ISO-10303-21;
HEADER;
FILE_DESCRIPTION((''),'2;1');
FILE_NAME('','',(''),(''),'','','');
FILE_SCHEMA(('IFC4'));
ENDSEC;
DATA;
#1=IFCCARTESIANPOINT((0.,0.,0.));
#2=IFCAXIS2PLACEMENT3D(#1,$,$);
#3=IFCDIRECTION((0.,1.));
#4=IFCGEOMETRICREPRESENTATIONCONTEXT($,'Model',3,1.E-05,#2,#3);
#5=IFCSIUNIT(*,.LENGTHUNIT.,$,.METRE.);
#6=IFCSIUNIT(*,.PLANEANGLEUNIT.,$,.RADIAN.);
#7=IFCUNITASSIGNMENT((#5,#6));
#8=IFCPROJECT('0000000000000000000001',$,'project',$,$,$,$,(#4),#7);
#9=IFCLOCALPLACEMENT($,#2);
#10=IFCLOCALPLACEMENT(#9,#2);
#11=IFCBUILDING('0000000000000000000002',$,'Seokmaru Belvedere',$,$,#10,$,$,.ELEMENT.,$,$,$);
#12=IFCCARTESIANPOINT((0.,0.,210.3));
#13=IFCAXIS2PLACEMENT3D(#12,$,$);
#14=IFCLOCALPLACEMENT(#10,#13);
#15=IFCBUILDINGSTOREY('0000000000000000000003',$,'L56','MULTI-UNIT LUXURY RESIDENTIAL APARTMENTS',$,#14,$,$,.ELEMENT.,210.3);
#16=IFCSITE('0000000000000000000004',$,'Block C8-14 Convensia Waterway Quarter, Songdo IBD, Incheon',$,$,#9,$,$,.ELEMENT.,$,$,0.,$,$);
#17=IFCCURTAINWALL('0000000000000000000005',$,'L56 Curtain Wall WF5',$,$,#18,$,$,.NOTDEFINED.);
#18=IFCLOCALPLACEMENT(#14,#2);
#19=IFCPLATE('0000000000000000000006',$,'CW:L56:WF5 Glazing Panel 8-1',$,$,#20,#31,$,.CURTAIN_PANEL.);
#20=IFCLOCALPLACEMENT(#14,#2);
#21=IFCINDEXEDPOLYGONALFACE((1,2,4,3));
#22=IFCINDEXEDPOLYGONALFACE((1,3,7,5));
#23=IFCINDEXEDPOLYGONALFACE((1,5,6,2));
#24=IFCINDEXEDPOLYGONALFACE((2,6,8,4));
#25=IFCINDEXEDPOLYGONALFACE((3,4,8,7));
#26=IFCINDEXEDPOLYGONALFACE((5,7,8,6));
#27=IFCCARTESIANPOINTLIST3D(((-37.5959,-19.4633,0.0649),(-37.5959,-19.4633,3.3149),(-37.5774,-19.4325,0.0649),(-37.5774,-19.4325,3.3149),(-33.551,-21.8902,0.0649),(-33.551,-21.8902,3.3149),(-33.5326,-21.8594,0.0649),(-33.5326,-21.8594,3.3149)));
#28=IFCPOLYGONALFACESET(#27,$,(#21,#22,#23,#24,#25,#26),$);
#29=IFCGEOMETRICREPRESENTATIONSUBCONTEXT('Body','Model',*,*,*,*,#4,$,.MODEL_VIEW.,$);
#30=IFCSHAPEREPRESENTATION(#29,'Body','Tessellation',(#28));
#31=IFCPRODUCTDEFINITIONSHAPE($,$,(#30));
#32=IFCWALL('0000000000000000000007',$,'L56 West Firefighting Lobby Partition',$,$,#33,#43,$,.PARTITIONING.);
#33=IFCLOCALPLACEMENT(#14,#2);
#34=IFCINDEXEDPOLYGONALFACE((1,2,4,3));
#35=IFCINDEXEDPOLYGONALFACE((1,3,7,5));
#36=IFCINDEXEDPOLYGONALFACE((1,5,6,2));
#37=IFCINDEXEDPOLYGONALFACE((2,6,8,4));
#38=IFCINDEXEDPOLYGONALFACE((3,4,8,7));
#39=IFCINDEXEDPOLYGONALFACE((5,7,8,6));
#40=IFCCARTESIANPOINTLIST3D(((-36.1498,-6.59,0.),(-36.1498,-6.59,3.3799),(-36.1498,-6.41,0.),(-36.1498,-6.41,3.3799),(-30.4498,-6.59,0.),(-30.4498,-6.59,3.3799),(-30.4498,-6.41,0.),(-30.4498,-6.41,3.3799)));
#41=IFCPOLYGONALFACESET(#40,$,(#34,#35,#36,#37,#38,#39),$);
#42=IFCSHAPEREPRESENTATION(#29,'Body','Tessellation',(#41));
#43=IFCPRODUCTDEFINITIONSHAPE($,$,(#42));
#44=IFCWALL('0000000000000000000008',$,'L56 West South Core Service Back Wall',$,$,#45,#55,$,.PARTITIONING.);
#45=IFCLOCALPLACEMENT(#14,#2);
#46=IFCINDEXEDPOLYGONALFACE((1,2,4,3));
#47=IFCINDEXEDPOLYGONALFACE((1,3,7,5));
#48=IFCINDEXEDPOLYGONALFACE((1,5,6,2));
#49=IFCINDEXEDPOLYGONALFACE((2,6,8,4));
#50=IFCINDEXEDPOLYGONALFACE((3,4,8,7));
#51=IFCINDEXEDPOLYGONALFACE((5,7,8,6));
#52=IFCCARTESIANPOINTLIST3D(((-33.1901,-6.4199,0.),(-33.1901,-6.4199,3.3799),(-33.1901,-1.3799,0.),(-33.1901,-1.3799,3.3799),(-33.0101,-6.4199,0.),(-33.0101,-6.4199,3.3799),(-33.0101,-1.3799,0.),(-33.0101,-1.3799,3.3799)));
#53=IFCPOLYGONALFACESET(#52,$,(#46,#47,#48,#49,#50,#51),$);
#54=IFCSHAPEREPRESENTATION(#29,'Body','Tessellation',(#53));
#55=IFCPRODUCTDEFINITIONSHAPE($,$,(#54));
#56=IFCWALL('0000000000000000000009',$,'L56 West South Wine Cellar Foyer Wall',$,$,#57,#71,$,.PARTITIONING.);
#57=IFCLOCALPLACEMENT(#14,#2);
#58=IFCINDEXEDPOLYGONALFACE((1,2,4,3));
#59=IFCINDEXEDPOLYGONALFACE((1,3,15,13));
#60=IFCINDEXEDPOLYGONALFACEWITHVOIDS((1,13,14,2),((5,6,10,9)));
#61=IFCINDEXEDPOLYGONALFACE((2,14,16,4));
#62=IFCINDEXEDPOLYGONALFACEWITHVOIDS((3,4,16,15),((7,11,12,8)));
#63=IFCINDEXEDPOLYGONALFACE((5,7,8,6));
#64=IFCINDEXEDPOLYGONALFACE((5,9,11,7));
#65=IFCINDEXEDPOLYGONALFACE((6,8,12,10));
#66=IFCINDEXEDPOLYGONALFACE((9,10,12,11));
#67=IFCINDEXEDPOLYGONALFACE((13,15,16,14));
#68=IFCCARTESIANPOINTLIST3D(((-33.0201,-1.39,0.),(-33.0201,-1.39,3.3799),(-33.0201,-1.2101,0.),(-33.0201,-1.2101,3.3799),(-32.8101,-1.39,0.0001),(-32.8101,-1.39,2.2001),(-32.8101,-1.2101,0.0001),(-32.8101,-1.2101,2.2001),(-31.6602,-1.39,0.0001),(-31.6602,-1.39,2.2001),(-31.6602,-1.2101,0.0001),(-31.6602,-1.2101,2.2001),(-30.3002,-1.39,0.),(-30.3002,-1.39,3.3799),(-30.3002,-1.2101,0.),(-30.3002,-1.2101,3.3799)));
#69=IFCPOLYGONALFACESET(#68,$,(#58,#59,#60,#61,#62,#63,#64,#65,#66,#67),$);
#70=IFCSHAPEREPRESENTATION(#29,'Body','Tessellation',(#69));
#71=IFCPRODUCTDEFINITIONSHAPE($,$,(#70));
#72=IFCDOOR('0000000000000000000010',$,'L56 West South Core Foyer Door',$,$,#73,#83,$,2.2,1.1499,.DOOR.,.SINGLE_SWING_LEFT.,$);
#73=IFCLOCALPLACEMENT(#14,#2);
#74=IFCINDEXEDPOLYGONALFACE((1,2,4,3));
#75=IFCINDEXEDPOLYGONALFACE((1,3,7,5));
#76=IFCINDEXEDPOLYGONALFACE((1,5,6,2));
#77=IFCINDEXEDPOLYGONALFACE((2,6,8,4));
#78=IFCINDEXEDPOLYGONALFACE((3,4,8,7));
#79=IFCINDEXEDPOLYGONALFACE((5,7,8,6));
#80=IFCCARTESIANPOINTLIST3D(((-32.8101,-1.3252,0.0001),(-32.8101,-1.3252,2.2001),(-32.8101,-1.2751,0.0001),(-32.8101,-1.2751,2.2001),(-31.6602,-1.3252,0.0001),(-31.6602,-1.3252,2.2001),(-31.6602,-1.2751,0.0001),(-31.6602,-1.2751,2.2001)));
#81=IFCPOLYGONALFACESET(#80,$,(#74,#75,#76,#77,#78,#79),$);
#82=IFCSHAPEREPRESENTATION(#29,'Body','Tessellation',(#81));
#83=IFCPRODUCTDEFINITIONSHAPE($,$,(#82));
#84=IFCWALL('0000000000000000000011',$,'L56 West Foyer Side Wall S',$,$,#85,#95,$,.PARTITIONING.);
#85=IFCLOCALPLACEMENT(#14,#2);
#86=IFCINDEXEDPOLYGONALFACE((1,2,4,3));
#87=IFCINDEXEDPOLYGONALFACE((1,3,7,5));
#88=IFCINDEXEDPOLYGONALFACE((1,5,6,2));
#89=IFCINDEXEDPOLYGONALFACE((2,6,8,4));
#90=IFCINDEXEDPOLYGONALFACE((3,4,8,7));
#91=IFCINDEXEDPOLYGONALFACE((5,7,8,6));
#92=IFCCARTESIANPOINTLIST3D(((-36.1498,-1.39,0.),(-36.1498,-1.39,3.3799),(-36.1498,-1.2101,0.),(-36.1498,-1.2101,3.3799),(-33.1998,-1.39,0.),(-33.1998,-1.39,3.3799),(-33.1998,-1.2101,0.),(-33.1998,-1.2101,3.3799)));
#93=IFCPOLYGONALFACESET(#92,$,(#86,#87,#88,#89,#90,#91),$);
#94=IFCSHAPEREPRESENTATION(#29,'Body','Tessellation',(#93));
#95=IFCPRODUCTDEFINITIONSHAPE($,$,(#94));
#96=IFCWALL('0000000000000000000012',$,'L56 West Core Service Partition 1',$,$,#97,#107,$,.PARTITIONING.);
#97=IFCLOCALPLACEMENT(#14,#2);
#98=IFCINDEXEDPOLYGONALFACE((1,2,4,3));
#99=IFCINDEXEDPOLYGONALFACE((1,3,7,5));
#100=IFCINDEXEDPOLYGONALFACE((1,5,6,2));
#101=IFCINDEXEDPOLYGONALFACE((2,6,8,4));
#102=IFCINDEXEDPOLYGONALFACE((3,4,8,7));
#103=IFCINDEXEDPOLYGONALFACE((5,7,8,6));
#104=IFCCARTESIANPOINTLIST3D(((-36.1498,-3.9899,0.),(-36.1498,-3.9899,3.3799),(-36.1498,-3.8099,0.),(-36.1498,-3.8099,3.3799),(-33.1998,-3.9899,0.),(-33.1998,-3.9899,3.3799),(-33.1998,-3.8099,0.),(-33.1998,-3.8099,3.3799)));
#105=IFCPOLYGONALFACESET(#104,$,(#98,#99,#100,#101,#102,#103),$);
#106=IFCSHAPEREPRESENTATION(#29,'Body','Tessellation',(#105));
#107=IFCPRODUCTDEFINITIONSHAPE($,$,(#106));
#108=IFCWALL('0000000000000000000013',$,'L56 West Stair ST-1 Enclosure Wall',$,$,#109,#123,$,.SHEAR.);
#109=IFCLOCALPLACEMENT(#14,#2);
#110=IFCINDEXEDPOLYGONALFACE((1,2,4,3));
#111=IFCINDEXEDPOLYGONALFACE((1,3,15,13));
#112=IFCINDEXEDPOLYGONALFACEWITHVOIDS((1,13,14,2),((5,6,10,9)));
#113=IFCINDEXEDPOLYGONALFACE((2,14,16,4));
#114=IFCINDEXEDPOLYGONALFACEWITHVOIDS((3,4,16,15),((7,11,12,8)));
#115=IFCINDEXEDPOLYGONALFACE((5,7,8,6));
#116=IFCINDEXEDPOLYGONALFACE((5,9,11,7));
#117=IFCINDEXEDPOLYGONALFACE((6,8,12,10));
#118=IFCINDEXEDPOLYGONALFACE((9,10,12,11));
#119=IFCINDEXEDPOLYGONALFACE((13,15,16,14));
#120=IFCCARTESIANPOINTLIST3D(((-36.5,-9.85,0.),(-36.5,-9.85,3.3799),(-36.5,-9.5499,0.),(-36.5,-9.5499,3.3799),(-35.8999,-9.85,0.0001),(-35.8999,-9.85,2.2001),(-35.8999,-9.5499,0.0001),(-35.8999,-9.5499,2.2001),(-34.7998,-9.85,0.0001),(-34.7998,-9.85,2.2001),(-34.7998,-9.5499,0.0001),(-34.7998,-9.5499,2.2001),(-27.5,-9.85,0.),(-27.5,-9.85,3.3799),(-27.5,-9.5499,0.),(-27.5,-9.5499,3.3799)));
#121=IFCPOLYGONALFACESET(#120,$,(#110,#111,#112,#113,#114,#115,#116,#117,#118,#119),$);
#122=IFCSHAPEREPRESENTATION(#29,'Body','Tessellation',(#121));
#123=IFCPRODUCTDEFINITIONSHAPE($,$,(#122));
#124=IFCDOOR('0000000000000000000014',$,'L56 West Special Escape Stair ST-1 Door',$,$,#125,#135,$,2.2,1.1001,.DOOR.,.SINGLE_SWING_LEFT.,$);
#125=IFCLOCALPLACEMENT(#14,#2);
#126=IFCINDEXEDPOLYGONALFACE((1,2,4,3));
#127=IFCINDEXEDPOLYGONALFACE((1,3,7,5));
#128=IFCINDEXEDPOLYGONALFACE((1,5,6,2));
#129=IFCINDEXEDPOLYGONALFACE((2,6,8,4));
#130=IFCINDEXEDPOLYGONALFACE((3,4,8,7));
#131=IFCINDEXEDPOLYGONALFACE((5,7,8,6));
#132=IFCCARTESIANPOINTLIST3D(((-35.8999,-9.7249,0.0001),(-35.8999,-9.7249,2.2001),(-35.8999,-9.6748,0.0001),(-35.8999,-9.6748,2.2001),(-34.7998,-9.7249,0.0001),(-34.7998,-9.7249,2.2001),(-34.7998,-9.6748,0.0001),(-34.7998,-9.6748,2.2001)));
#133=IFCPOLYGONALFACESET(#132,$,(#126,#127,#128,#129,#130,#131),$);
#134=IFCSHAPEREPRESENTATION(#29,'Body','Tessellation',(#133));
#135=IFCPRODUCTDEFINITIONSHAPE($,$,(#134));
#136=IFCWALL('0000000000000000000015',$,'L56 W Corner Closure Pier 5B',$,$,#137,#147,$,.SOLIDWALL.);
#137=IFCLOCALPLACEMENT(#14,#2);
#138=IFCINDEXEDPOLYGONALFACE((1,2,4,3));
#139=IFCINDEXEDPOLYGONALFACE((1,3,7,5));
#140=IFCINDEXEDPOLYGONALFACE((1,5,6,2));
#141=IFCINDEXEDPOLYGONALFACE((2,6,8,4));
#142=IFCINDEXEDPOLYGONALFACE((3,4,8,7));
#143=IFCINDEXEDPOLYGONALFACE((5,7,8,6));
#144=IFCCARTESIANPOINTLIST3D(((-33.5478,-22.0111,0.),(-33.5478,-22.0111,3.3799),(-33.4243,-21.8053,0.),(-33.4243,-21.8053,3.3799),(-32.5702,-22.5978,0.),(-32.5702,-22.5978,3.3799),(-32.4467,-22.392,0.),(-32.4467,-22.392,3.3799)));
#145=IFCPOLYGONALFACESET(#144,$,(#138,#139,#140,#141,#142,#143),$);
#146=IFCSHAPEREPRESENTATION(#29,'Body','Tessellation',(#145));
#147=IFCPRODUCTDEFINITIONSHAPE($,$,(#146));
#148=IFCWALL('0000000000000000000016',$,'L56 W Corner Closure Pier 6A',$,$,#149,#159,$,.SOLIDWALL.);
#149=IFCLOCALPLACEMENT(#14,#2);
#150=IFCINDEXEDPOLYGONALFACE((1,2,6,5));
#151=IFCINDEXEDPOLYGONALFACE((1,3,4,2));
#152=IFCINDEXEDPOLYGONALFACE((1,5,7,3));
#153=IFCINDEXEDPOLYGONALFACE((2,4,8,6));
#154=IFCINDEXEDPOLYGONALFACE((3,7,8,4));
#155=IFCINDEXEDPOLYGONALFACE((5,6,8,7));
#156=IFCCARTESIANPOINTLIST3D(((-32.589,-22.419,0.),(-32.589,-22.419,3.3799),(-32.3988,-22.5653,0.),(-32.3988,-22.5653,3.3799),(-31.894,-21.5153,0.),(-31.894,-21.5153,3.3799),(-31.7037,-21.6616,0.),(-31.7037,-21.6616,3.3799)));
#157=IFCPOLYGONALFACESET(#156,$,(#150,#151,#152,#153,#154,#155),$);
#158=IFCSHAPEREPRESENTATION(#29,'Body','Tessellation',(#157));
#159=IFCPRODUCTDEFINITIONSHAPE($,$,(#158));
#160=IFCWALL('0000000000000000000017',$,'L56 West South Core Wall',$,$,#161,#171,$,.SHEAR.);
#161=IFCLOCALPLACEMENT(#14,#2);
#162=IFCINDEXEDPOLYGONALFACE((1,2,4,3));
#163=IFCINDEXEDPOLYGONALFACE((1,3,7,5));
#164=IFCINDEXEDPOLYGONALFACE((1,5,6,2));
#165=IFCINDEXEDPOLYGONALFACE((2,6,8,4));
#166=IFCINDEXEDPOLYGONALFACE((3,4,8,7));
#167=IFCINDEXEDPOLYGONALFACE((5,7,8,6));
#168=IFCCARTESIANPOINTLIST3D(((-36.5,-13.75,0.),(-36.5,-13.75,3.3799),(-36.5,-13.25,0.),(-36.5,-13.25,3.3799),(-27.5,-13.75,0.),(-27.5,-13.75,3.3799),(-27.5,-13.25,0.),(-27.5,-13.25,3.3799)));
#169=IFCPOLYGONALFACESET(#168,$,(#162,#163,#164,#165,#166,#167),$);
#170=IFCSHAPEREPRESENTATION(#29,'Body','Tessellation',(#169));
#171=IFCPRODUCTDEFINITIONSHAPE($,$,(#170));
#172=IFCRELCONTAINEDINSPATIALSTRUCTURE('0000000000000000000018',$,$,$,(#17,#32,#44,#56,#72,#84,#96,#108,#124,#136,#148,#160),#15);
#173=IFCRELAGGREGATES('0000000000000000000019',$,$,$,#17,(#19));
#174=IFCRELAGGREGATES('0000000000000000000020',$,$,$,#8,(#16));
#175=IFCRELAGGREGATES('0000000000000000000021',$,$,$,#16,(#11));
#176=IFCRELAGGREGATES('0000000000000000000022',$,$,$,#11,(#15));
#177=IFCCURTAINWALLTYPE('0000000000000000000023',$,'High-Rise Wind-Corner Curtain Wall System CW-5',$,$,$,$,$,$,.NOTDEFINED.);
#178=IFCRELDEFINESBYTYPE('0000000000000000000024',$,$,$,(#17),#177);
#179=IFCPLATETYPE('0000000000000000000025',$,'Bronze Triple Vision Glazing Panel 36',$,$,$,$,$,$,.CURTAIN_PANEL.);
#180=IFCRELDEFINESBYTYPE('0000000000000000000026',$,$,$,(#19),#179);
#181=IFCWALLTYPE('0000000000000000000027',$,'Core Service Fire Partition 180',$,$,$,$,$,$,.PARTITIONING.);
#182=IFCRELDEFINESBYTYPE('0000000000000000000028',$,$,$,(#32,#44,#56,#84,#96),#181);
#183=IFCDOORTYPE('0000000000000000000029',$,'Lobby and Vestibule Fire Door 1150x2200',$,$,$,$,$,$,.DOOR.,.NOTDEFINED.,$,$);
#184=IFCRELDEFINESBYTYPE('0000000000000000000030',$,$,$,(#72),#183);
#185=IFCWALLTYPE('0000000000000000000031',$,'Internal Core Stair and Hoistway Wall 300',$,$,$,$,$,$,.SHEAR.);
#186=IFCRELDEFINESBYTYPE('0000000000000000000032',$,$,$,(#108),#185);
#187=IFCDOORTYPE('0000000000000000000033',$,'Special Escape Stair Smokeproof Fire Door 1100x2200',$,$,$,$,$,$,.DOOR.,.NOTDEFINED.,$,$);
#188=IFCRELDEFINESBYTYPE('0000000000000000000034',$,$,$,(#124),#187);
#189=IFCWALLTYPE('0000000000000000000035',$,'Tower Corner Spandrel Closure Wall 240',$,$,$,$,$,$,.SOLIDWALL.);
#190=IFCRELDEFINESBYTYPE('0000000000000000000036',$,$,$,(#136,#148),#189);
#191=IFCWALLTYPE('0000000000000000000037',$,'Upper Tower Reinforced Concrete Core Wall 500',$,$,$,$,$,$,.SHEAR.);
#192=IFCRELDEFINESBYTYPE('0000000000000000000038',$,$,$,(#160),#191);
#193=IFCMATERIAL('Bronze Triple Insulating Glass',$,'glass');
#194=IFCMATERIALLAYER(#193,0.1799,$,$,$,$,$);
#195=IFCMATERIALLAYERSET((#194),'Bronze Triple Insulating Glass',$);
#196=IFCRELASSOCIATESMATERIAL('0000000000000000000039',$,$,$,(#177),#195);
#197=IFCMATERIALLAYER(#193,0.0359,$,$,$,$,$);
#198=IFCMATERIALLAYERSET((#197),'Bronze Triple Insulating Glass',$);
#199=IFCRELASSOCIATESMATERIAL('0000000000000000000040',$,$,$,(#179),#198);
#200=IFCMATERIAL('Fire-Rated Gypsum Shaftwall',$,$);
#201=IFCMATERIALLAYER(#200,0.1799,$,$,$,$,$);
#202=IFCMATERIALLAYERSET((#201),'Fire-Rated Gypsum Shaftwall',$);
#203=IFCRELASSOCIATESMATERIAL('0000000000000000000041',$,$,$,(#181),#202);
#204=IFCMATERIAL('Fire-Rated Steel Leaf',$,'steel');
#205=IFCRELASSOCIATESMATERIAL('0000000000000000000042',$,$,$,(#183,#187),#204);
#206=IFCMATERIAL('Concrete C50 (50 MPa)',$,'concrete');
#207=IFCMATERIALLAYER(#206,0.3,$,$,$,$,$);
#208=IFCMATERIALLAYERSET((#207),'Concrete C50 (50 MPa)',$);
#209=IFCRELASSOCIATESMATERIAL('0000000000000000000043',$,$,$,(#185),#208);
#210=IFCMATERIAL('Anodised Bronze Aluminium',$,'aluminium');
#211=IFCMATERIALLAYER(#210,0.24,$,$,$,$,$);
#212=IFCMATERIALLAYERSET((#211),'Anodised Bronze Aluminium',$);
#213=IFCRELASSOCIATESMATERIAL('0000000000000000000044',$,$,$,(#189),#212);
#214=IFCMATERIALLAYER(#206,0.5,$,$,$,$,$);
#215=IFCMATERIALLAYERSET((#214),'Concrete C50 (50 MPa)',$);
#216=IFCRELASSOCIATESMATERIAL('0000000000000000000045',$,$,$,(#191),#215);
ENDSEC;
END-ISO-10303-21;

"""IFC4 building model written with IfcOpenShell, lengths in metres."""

from ifc_helpers import new_model, si_unit, direction, frame, frame_2d, origin, origin_2d, place, context, subcontext, project, spatial, rectangle, extrude, source, transform, mapped, material, layer, layer_set, type_object, type_shapes, element, fill, aggregate, save


model = new_model("IFC4")

# Units and contexts
model_context = context("Model", 3, precision=1e-05, world=origin(), true_north=direction((0.0, 1.0)))
body_context = subcontext(model_context, "Body", "Model", "MODEL_VIEW")
ifc_project = project(units=[si_unit("LENGTHUNIT", "METRE"), si_unit("PLANEANGLEUNIT", "RADIAN")], contexts=[model_context])

# Site, building, storey
site_placement = place(None, origin())
site = spatial("IfcSite", under=ifc_project, at=site_placement, Name="Block C8-14 Convensia Waterway Quarter, Songdo IBD, Incheon", CompositionType="ELEMENT", RefElevation=0.0)
building_placement = place(site_placement, origin())
building = spatial("IfcBuilding", under=site, at=building_placement, Name="Seokmaru Belvedere", CompositionType="ELEMENT")
storey_placement = place(building_placement, frame((0.0, 0.0, 210.3)))
storey = spatial("IfcBuildingStorey", under=building, at=storey_placement, Name="L56", Description="MULTI-UNIT LUXURY RESIDENTIAL APARTMENTS", CompositionType="ELEMENT", Elevation=210.3)

# Curtain wall, plate
ifc_material_1 = material(Name="Bronze Triple Insulating Glass", Category="glass")
ifc_layer_1 = layer(ifc_material_1, 0.1799)
ifc_layer_set_1 = layer_set([ifc_layer_1], Name="Bronze Triple Insulating Glass")
curtain_wall_type = type_object("IfcCurtainWallType", Name="High-Rise Wind-Corner Curtain Wall System CW-5", PredefinedType="NOTDEFINED", material=ifc_layer_set_1)
curtain_wall_placement = place(storey_placement, origin())
curtain_wall = element("IfcCurtainWall", 1, at=curtain_wall_placement, inside=storey, type_object=curtain_wall_type, Name="L56 Curtain Wall WF5", PredefinedType="NOTDEFINED")
ifc_material_2 = material(Name="Anodised Bronze Aluminium", Category="aluminium")
ifc_layer_2 = layer(ifc_material_1, 0.0359)
ifc_layer_set_2 = layer_set([ifc_layer_2], Name="Bronze Triple Insulating Glass")
plate_type = type_object("IfcPlateType", Name="Bronze Triple Vision Glazing Panel 36", PredefinedType="CURTAIN_PANEL", material=ifc_layer_set_2)
shared_shape_1 = source(origin(), body_context, "Body", "SweptSolid", [
    extrude(rectangle(XDim=4.717, YDim=0.0359, at=origin_2d()), origin(), (0.0, 0.0, 1.0), 3.25),
])
type_shapes(plate_type, [shared_shape_1])
plate_placement = place(storey_placement, frame((-35.5642, -20.6614, 0.0649), z_axis=(0.0, 0.0, 1.0), x_axis=(0.857493, -0.514495, 0.0)))
plate = element("IfcPlate", 2, at=plate_placement, type_object=plate_type, Name="CW:L56:WF5 Glazing Panel 8-1", PredefinedType="CURTAIN_PANEL", context=body_context, shape_type="MappedRepresentation", body=[
    mapped(shared_shape_1, transform((0.0, 0.0, 0.0), scale=1.0)),
])
aggregate(curtain_wall, [plate])

# Walls
ifc_material_3 = material(Name="Fire-Rated Gypsum Shaftwall")
ifc_layer_3 = layer(ifc_material_3, 0.1799)
ifc_layer_set_3 = layer_set([ifc_layer_3], Name="Fire-Rated Gypsum Shaftwall")
wall_type_1 = type_object("IfcWallType", Name="Core Service Fire Partition 180", PredefinedType="PARTITIONING", material=ifc_layer_set_3)
wall_1_placement = place(storey_placement, frame((-36.1499, -6.5, 0.0), z_axis=(0.0, 0.0, 1.0), x_axis=(1.0, 0.0, 0.0)))
element("IfcWall", 3, at=wall_1_placement, inside=storey, type_object=wall_type_1, Name="L56 West Firefighting Lobby Partition", PredefinedType="PARTITIONING", context=body_context, shape_type="SweptSolid", body=[
    extrude(rectangle(XDim=5.7, YDim=0.1799, at=frame_2d((2.8501, 0.0))), origin(), (0.0, 0.0, 1.0), 3.3799),
])
wall_2_placement = place(storey_placement, frame((-33.1001, -6.4199, 0.0), z_axis=(0.0, 0.0, 1.0), x_axis=(0.0, 1.0, 0.0)))
element("IfcWall", 4, at=wall_2_placement, inside=storey, type_object=wall_type_1, Name="L56 West South Core Service Back Wall", PredefinedType="PARTITIONING", context=body_context, shape_type="SweptSolid", body=[
    extrude(rectangle(XDim=5.04, YDim=0.1799, at=frame_2d((2.52, 0.0))), origin(), (0.0, 0.0, 1.0), 3.3799),
])

# Wall, opening, door
wall_3_placement = place(storey_placement, frame((-33.02, -1.3, 0.0), z_axis=(0.0, 0.0, 1.0), x_axis=(1.0, 0.0, 0.0)))
wall_3 = element("IfcWall", 5, at=wall_3_placement, inside=storey, type_object=wall_type_1, Name="L56 West South Wine Cellar Foyer Wall", PredefinedType="PARTITIONING", context=body_context, shape_type="SweptSolid", body=[
    extrude(rectangle(XDim=2.72, YDim=0.1799, at=frame_2d((1.3599, 0.0))), origin(), (0.0, 0.0, 1.0), 3.3799),
])
opening_1_placement = place(wall_3_placement, frame((0.21, 0.0, 0.0)))
opening_1 = element("IfcOpeningElement", 6, at=opening_1_placement, cuts=wall_3, PredefinedType="OPENING", context=body_context, shape_type="SweptSolid", body=[
    extrude(rectangle(XDim=1.1499, YDim=2.2, at=frame_2d((0.575, 1.1001))), frame((0.0, 0.1001, 0.0), z_axis=(0.0, -1.0, 0.0), x_axis=(1.0, 0.0, 0.0)), (0.0, 0.0, 1.0), 0.2),
])
ifc_material_4 = material(Name="Fire-Rated Steel Leaf", Category="steel")
door_type_1 = type_object("IfcDoorType", Name="Lobby and Vestibule Fire Door 1150x2200", OperationType="NOTDEFINED", PredefinedType="DOOR", material=ifc_material_4)
shared_shape_2 = source(origin(), body_context, "Body", "SweptSolid", [
    extrude(rectangle(XDim=1.1499, YDim=2.2, at=frame_2d((0.575, 1.1001))), frame((0.0, 0.0249, 0.0), z_axis=(0.0, -1.0, 0.0), x_axis=(1.0, 0.0, 0.0)), (0.0, 0.0, 1.0), 0.05),
])
type_shapes(door_type_1, [shared_shape_2])
door_1_placement = place(opening_1_placement, origin())
door_1 = element("IfcDoor", 7, at=door_1_placement, inside=storey, type_object=door_type_1, Name="L56 West South Core Foyer Door", OperationType="SINGLE_SWING_LEFT", OverallHeight=2.2, OverallWidth=1.1499, PredefinedType="DOOR", context=body_context, shape_type="MappedRepresentation", body=[
    mapped(shared_shape_2, transform((0.0, 0.0, 0.0), scale=1.0)),
])
fill(opening_1, door_1)

# Walls
for number, where, z_axis, x_axis, name in (
    (8, (-36.1499, -1.3, 0.0), (0.0, 0.0, 1.0), (1.0, 0.0, 0.0), "L56 West Foyer Side Wall S"),
    (9, (-36.1499, -3.8999, 0.0), (0.0, 0.0, 1.0), (1.0, 0.0, 0.0), "L56 West Core Service Partition 1"),
):
    element("IfcWall", number, at=place(storey_placement, frame(where, z_axis=z_axis, x_axis=x_axis)), inside=storey, type_object=wall_type_1, Name=name, PredefinedType="PARTITIONING", context=body_context, shape_type="SweptSolid", body=[
        extrude(rectangle(XDim=2.95, YDim=0.1799, at=frame_2d((1.4751, 0.0))), origin(), (0.0, 0.0, 1.0), 3.3799),
    ])

# Wall, opening, door
ifc_material_5 = material(Name="Concrete C50 (50 MPa)", Category="concrete")
ifc_layer_4 = layer(ifc_material_5, 0.3)
ifc_layer_set_4 = layer_set([ifc_layer_4], Name="Concrete C50 (50 MPa)")
wall_type_2 = type_object("IfcWallType", Name="Internal Core Stair and Hoistway Wall 300", PredefinedType="SHEAR", material=ifc_layer_set_4)
wall_4_placement = place(storey_placement, frame((-36.5, -9.7, 0.0), z_axis=(0.0, 0.0, 1.0), x_axis=(1.0, 0.0, 0.0)))
wall_4 = element("IfcWall", 10, at=wall_4_placement, inside=storey, type_object=wall_type_2, Name="L56 West Stair ST-1 Enclosure Wall", PredefinedType="SHEAR", context=body_context, shape_type="SweptSolid", body=[
    extrude(rectangle(XDim=9.0, YDim=0.3, at=frame_2d((4.5, 0.0))), origin(), (0.0, 0.0, 1.0), 3.3799),
])
opening_2_placement = place(wall_4_placement, frame((0.6001, 0.0, 0.0)))
opening_2 = element("IfcOpeningElement", 11, at=opening_2_placement, cuts=wall_4, PredefinedType="OPENING", context=body_context, shape_type="SweptSolid", body=[
    extrude(rectangle(XDim=1.1001, YDim=2.2, at=frame_2d((0.55, 1.1001))), frame((0.0, 0.1602, 0.0), z_axis=(0.0, -1.0, 0.0), x_axis=(1.0, 0.0, 0.0)), (0.0, 0.0, 1.0), 0.3201),
])
door_type_2 = type_object("IfcDoorType", Name="Special Escape Stair Smokeproof Fire Door 1100x2200", OperationType="NOTDEFINED", PredefinedType="DOOR", material=ifc_material_4)
shared_shape_3 = source(origin(), body_context, "Body", "SweptSolid", [
    extrude(rectangle(XDim=1.1001, YDim=2.2, at=frame_2d((0.55, 1.1001))), frame((0.0, 0.0249, 0.0), z_axis=(0.0, -1.0, 0.0), x_axis=(1.0, 0.0, 0.0)), (0.0, 0.0, 1.0), 0.05),
])
type_shapes(door_type_2, [shared_shape_3])
door_2_placement = place(opening_2_placement, frame((1.1001, 0.0, 0.0), z_axis=(0.0, 0.0, 1.0), x_axis=(-1.0, 0.0, 0.0)))
door_2 = element("IfcDoor", 12, at=door_2_placement, inside=storey, type_object=door_type_2, Name="L56 West Special Escape Stair ST-1 Door", OperationType="SINGLE_SWING_LEFT", OverallHeight=2.2, OverallWidth=1.1001, PredefinedType="DOOR", context=body_context, shape_type="MappedRepresentation", body=[
    mapped(shared_shape_3, transform((0.0, 0.0, 0.0), scale=1.0)),
])
fill(opening_2, door_2)

# Walls
ifc_layer_5 = layer(ifc_material_2, 0.24)
ifc_layer_set_5 = layer_set([ifc_layer_5], Name="Anodised Bronze Aluminium")
wall_type_3 = type_object("IfcWallType", Name="Tower Corner Spandrel Closure Wall 240", PredefinedType="SOLIDWALL", material=ifc_layer_set_5)
for number, where, z_axis, x_axis, name in (
    (13, (-33.4861, -21.9082, 0.0), (0.0, 0.0, 1.0), (0.857436, -0.51459, 0.0), "L56 W Corner Closure Pier 5B"),
    (14, (-32.4939, -22.4922, 0.0), (0.0, 0.0, 1.0), (0.609618, 0.792696, 0.0), "L56 W Corner Closure Pier 6A"),
):
    element("IfcWall", number, at=place(storey_placement, frame(where, z_axis=z_axis, x_axis=x_axis)), inside=storey, type_object=wall_type_3, Name=name, PredefinedType="SOLIDWALL", context=body_context, shape_type="SweptSolid", body=[
        extrude(rectangle(XDim=1.1401, YDim=0.24, at=frame_2d((0.5701, 0.0))), origin(), (0.0, 0.0, 1.0), 3.3799),
    ])
ifc_layer_6 = layer(ifc_material_5, 0.5)
ifc_layer_set_6 = layer_set([ifc_layer_6], Name="Concrete C50 (50 MPa)")
wall_type_4 = type_object("IfcWallType", Name="Upper Tower Reinforced Concrete Core Wall 500", PredefinedType="SHEAR", material=ifc_layer_set_6)
wall_5_placement = place(storey_placement, frame((-36.5, -13.5, 0.0), z_axis=(0.0, 0.0, 1.0), x_axis=(1.0, 0.0, 0.0)))
element("IfcWall", 15, at=wall_5_placement, inside=storey, type_object=wall_type_4, Name="L56 West South Core Wall", PredefinedType="SHEAR", context=body_context, shape_type="SweptSolid", body=[
    extrude(rectangle(XDim=9.0, YDim=0.5, at=frame_2d((4.5, 0.0))), origin(), (0.0, 0.0, 1.0), 3.3799),
])

save(model, "model.ifc")
